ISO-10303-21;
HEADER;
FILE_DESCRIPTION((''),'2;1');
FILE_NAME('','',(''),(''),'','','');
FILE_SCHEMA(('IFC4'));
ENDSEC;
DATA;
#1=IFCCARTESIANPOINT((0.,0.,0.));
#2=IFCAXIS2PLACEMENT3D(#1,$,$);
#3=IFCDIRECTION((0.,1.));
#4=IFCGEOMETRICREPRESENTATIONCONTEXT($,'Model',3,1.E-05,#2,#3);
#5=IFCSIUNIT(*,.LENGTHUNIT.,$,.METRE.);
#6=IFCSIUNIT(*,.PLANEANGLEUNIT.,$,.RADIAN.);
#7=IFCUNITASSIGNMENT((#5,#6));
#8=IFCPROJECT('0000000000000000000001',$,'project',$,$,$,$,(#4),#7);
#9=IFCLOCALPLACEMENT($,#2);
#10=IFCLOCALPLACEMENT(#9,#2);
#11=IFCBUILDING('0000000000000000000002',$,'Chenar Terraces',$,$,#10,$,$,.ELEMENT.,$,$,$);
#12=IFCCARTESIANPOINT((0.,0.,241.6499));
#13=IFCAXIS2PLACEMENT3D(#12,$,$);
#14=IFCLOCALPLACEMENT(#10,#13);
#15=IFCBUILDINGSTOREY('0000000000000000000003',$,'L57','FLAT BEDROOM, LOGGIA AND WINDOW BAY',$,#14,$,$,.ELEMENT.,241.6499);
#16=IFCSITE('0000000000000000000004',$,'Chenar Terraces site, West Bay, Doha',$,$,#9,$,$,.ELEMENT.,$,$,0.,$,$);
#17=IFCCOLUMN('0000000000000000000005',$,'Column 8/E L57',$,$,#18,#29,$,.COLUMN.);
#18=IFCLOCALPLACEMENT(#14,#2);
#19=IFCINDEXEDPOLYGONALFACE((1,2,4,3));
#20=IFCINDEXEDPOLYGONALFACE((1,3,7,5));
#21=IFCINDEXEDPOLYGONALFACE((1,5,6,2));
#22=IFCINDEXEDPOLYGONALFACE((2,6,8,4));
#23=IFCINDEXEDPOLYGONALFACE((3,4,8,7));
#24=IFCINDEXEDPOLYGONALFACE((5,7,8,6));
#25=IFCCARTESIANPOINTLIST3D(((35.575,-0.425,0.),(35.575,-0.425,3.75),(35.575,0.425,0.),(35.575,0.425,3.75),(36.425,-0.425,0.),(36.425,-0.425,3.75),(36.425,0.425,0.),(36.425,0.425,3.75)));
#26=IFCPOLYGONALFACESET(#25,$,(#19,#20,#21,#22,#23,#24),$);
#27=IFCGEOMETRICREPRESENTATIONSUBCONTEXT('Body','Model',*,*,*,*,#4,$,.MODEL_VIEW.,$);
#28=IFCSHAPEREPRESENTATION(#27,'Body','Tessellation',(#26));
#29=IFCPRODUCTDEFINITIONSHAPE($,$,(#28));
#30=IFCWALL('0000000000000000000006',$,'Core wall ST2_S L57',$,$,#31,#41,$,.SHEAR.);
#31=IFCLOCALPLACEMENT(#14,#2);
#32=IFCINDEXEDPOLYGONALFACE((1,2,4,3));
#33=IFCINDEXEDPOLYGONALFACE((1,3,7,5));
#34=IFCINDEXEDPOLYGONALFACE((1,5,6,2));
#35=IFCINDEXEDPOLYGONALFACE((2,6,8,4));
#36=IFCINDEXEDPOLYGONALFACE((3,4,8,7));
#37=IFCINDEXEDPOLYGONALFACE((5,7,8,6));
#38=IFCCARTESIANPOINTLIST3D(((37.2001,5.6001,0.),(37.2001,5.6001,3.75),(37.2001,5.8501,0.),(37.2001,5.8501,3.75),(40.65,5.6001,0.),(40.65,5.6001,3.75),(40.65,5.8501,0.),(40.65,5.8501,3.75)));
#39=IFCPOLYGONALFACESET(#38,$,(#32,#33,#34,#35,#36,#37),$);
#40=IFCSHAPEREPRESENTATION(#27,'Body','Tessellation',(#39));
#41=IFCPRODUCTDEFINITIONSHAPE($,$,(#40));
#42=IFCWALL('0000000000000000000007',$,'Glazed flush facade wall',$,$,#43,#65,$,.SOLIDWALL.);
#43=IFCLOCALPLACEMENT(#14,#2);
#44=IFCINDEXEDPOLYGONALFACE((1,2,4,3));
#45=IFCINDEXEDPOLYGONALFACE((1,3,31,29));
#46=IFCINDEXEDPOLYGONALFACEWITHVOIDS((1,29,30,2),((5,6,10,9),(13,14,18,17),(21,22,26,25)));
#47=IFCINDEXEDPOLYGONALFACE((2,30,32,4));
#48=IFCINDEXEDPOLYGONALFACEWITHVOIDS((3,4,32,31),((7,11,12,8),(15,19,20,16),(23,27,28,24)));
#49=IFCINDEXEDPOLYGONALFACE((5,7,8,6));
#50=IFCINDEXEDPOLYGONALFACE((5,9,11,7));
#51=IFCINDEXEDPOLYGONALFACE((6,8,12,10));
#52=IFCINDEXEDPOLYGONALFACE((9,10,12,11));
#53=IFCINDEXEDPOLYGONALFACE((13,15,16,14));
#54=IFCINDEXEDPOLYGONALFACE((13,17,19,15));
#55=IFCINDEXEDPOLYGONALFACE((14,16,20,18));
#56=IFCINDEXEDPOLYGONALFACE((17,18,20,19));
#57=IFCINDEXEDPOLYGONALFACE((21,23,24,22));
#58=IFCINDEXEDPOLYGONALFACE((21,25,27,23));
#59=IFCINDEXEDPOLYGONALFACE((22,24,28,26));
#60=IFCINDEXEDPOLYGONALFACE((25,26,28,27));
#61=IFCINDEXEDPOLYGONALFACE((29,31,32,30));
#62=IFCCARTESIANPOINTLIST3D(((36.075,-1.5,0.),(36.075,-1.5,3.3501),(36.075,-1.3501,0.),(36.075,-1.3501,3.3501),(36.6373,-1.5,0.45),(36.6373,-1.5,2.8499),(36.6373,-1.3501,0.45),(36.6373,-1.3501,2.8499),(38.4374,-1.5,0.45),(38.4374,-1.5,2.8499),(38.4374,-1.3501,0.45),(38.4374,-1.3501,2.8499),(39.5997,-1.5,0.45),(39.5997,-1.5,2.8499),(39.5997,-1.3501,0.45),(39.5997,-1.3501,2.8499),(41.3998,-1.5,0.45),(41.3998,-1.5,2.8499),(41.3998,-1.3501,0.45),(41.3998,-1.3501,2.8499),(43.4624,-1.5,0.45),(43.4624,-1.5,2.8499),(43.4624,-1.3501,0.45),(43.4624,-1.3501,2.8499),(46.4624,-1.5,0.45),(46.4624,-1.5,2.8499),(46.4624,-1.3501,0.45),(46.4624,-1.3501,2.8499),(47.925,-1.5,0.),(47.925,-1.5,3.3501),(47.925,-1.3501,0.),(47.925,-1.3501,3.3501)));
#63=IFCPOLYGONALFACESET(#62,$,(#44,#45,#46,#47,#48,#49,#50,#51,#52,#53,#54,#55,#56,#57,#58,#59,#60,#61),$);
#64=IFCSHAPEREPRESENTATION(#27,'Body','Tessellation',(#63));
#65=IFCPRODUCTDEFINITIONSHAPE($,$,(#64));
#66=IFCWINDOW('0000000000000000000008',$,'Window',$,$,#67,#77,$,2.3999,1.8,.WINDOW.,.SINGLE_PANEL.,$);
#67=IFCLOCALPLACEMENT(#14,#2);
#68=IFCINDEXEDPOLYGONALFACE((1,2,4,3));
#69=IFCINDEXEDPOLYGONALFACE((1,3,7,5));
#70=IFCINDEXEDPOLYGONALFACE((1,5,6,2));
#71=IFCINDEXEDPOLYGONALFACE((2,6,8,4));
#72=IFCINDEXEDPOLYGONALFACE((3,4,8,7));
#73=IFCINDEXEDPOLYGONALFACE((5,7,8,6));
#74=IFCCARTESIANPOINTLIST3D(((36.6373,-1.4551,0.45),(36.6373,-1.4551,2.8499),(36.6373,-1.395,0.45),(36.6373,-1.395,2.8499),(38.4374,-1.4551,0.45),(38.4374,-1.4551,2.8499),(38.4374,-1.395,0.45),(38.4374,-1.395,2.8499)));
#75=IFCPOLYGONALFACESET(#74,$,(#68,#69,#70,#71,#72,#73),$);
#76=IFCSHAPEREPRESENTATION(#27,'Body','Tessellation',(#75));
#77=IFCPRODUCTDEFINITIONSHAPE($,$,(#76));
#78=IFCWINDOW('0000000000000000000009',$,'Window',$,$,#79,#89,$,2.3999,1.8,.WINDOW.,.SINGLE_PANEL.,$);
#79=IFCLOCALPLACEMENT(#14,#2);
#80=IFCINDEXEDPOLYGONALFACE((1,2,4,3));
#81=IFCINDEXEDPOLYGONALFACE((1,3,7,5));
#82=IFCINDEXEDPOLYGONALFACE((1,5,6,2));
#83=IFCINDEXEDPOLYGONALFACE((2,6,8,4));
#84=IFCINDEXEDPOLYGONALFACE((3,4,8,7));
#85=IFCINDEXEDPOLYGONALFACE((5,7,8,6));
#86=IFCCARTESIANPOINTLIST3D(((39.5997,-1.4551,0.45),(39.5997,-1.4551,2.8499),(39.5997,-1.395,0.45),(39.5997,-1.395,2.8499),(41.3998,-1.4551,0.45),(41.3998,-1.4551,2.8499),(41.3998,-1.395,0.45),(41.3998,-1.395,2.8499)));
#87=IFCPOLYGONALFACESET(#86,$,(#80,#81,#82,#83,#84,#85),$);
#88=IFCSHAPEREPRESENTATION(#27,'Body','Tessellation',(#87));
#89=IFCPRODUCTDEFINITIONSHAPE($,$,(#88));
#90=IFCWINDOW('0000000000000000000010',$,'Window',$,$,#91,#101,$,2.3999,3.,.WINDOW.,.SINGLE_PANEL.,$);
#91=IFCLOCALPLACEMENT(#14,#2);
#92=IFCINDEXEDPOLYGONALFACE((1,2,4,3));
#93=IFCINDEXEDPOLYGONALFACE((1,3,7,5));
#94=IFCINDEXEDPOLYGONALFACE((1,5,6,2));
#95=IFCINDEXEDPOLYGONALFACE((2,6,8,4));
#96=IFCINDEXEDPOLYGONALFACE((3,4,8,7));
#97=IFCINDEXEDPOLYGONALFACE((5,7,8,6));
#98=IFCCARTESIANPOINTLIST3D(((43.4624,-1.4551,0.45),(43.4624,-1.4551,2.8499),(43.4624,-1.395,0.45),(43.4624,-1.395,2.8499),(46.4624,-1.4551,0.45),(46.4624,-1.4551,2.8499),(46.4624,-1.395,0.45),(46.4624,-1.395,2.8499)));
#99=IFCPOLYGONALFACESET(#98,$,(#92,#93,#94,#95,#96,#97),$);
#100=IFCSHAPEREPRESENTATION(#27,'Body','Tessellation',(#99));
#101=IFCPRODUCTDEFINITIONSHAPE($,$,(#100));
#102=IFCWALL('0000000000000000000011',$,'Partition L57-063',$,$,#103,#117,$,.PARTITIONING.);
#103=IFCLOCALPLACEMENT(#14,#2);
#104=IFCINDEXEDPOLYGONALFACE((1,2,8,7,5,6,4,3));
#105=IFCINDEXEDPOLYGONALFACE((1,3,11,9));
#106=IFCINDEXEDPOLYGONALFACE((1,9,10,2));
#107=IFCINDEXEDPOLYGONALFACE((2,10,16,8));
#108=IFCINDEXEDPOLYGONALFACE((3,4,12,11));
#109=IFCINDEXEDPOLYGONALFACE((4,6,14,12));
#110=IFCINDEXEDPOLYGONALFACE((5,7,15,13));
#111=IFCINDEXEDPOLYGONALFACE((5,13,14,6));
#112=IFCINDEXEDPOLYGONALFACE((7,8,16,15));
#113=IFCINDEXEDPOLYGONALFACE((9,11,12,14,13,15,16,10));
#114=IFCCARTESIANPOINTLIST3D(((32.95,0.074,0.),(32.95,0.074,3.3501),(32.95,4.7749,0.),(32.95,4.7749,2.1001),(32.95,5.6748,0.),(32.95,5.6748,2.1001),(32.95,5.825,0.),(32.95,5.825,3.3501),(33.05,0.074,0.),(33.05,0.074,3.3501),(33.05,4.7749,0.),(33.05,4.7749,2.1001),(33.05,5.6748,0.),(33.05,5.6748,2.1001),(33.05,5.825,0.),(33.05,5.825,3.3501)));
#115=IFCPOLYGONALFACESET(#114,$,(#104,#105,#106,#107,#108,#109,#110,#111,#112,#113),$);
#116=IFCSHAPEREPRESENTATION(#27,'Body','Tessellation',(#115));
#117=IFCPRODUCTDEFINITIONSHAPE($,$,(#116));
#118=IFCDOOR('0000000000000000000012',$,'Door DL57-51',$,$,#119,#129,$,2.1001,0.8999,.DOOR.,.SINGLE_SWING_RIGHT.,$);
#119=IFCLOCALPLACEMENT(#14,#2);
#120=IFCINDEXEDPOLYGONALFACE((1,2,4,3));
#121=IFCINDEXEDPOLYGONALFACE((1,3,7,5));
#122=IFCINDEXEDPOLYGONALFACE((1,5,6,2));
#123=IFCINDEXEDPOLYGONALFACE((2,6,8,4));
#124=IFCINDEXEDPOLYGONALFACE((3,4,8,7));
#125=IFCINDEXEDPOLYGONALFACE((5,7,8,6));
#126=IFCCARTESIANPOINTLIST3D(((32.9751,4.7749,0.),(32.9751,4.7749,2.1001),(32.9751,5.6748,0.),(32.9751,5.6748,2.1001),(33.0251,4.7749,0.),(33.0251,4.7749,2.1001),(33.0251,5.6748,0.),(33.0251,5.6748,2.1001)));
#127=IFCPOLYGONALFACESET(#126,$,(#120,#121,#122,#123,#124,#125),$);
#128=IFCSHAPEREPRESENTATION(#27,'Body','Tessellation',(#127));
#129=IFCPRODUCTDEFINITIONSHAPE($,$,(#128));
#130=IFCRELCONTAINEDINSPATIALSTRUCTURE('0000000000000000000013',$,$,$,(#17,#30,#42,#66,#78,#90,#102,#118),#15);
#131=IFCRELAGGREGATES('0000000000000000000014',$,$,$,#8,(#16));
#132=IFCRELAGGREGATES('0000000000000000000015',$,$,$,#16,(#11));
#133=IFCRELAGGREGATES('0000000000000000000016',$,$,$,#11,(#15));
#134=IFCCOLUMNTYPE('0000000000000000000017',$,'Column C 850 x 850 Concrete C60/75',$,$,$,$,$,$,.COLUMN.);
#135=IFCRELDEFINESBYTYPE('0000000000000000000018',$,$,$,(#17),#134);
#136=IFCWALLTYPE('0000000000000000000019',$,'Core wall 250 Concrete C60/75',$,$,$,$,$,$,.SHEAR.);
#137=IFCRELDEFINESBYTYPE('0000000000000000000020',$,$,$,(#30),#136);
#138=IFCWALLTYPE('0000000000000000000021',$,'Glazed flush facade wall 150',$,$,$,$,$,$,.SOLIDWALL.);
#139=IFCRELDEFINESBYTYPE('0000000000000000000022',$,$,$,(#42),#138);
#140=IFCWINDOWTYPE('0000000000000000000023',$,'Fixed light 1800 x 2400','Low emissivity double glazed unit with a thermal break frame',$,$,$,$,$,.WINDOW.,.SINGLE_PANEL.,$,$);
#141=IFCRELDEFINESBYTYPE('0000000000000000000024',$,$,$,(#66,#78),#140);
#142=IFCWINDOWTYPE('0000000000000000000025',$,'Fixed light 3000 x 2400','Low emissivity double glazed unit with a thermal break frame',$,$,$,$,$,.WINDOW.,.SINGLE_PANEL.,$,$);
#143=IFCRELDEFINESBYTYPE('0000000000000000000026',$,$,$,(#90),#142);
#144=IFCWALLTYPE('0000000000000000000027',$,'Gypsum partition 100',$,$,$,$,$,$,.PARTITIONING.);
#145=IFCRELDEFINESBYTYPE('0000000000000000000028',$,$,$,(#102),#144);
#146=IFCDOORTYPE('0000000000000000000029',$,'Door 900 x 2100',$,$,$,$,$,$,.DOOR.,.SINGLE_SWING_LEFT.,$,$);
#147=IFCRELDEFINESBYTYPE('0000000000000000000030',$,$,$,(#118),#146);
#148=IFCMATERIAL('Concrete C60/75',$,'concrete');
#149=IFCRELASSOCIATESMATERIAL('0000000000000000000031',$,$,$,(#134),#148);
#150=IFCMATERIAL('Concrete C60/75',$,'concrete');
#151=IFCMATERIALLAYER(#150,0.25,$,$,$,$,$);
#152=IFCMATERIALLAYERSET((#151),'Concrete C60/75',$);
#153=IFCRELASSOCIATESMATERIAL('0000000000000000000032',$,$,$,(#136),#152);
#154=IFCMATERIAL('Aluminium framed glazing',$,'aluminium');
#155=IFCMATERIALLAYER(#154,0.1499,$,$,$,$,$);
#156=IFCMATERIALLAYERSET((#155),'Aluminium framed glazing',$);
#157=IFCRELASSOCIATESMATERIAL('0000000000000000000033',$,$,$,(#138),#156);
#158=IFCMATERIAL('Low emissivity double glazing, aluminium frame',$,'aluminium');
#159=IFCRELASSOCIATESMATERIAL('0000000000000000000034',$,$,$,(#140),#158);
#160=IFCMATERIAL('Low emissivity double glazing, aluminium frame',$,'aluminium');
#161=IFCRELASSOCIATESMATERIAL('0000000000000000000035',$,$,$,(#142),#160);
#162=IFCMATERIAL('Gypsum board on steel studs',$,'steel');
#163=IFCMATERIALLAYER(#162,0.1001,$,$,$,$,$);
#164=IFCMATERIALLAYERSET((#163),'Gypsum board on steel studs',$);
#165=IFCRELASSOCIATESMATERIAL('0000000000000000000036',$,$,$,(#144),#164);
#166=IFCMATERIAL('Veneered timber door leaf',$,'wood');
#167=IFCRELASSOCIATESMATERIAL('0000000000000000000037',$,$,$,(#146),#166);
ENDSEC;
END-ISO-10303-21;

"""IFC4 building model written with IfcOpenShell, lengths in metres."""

from ifc_helpers import new_model, si_unit, direction, frame, frame_2d, origin, origin_2d, place, context, subcontext, project, spatial, rectangle, extrude, material, layer, layer_set, material_profile, profile_set, type_object, element, fill, save


model = new_model("IFC4")

# Units and contexts
model_context = context("Model", 3, precision=1e-05, world=origin(), true_north=direction((0.0, 1.0)))
body_context = subcontext(model_context, "Body", "Model", "MODEL_VIEW")
ifc_project = project(units=[si_unit("LENGTHUNIT", "METRE"), si_unit("PLANEANGLEUNIT", "RADIAN")], contexts=[model_context])

# Site, building, storey
site_placement = place(None, origin())
site = spatial("IfcSite", under=ifc_project, at=site_placement, Name="Chenar Terraces site, West Bay, Doha", CompositionType="ELEMENT", RefElevation=0.0)
building_placement = place(site_placement, origin())
building = spatial("IfcBuilding", under=site, at=building_placement, Name="Chenar Terraces", CompositionType="ELEMENT")
storey_placement = place(building_placement, frame((0.0, 0.0, 241.6499)))
storey = spatial("IfcBuildingStorey", under=building, at=storey_placement, Name="L57", Description="FLAT BEDROOM, LOGGIA AND WINDOW BAY", CompositionType="ELEMENT", Elevation=241.6499)

# Column
ifc_material_1 = material(Name="Concrete C60/75", Category="concrete")
ifc_material_profile = material_profile(ifc_material_1, rectangle(XDim=0.8501, YDim=0.8501, at=origin_2d()), Name="C 850 x 850")
ifc_profile_set = profile_set([ifc_material_profile], Name="Concrete C60/75")
column_type = type_object("IfcColumnType", Name="Column C 850 x 850 Concrete C60/75", PredefinedType="COLUMN", material=ifc_profile_set)
column_placement = place(storey_placement, frame((36.0, 0.0, 0.0), z_axis=(0.0, 0.0, 1.0), x_axis=(1.0, 0.0, 0.0)))
element("IfcColumn", 1, at=column_placement, inside=storey, type_object=column_type, Name="Column 8/E L57", PredefinedType="COLUMN", context=body_context, shape_type="SweptSolid", body=[
    extrude(rectangle(XDim=0.8501, YDim=0.8501, at=origin_2d()), origin(), (0.0, 0.0, 1.0), 3.75),
])

# Wall
ifc_material_2 = material(Name="Concrete C60/75", Category="concrete")
ifc_layer_1 = layer(ifc_material_2, 0.25)
ifc_layer_set_1 = layer_set([ifc_layer_1], Name="Concrete C60/75")
wall_type_1 = type_object("IfcWallType", Name="Core wall 250 Concrete C60/75", PredefinedType="SHEAR", material=ifc_layer_set_1)
wall_1_placement = place(storey_placement, frame((37.2, 5.7251, 0.0), z_axis=(0.0, 0.0, 1.0), x_axis=(1.0, 0.0, 0.0)))
element("IfcWall", 2, at=wall_1_placement, inside=storey, type_object=wall_type_1, Name="Core wall ST2_S L57", PredefinedType="SHEAR", context=body_context, shape_type="SweptSolid", body=[
    extrude(rectangle(XDim=3.45, YDim=0.25, at=frame_2d((1.7251, 0.0))), origin(), (0.0, 0.0, 1.0), 3.75),
])

# Wall, openings, windows
ifc_material_3 = material(Name="Aluminium framed glazing", Category="aluminium")
ifc_layer_2 = layer(ifc_material_3, 0.1499)
ifc_layer_set_2 = layer_set([ifc_layer_2], Name="Aluminium framed glazing")
wall_type_2 = type_object("IfcWallType", Name="Glazed flush facade wall 150", PredefinedType="SOLIDWALL", material=ifc_layer_set_2)
wall_2_placement = place(storey_placement, frame((36.075, -1.425, 0.0), z_axis=(0.0, 0.0, 1.0), x_axis=(1.0, 0.0, 0.0)))
wall_2 = element("IfcWall", 3, at=wall_2_placement, inside=storey, type_object=wall_type_2, Name="Glazed flush facade wall", PredefinedType="SOLIDWALL", context=body_context, shape_type="SweptSolid", body=[
    extrude(rectangle(XDim=11.8501, YDim=0.1499, at=frame_2d((5.925, 0.0))), origin(), (0.0, 0.0, 1.0), 3.3501),
])
opening_1_placement = place(wall_2_placement, frame((0.5625, 0.0, 0.45)))
opening_1 = element("IfcOpeningElement", 4, at=opening_1_placement, cuts=wall_2, PredefinedType="OPENING", context=body_context, shape_type="SweptSolid", body=[
    extrude(rectangle(XDim=1.8, YDim=2.3999, at=frame_2d((0.8999, 1.2))), frame((0.0, 0.085, 0.0), z_axis=(0.0, -1.0, 0.0), x_axis=(1.0, 0.0, 0.0)), (0.0, 0.0, 1.0), 0.1699),
])
opening_2_placement = place(wall_2_placement, frame((3.5249, 0.0, 0.45)))
opening_2 = element("IfcOpeningElement", 5, at=opening_2_placement, cuts=wall_2, PredefinedType="OPENING", context=body_context, shape_type="SweptSolid", body=[
    extrude(rectangle(XDim=1.8, YDim=2.3999, at=frame_2d((0.8999, 1.2))), frame((0.0, 0.085, 0.0), z_axis=(0.0, -1.0, 0.0), x_axis=(1.0, 0.0, 0.0)), (0.0, 0.0, 1.0), 0.1699),
])
opening_3_placement = place(wall_2_placement, frame((7.3875, 0.0, 0.45)))
opening_3 = element("IfcOpeningElement", 6, at=opening_3_placement, cuts=wall_2, PredefinedType="OPENING", context=body_context, shape_type="SweptSolid", body=[
    extrude(rectangle(XDim=3.0, YDim=2.3999, at=frame_2d((1.5, 1.2))), frame((0.0, 0.085, 0.0), z_axis=(0.0, -1.0, 0.0), x_axis=(1.0, 0.0, 0.0)), (0.0, 0.0, 1.0), 0.1699),
])
ifc_material_4 = material(Name="Low emissivity double glazing, aluminium frame", Category="aluminium")
window_type_1 = type_object("IfcWindowType", Name="Fixed light 1800 x 2400", Description="Low emissivity double glazed unit with a thermal break frame", PartitioningType="SINGLE_PANEL", PredefinedType="WINDOW", material=ifc_material_4)
window_1_placement = place(opening_1_placement, origin())
window_1 = element("IfcWindow", 7, at=window_1_placement, inside=storey, type_object=window_type_1, Name="Window", OverallHeight=2.3999, OverallWidth=1.8, PartitioningType="SINGLE_PANEL", PredefinedType="WINDOW", context=body_context, shape_type="SweptSolid", body=[
    extrude(rectangle(XDim=1.8, YDim=2.3999, at=frame_2d((0.8999, 1.2))), frame((0.0, 0.03, 0.0), z_axis=(0.0, -1.0, 0.0), x_axis=(1.0, 0.0, 0.0)), (0.0, 0.0, 1.0), 0.0601),
])
fill(opening_1, window_1)
window_2_placement = place(opening_2_placement, origin())
window_2 = element("IfcWindow", 8, at=window_2_placement, inside=storey, type_object=window_type_1, Name="Window", OverallHeight=2.3999, OverallWidth=1.8, PartitioningType="SINGLE_PANEL", PredefinedType="WINDOW", context=body_context, shape_type="SweptSolid", body=[
    extrude(rectangle(XDim=1.8, YDim=2.3999, at=frame_2d((0.8999, 1.2))), frame((0.0, 0.03, 0.0), z_axis=(0.0, -1.0, 0.0), x_axis=(1.0, 0.0, 0.0)), (0.0, 0.0, 1.0), 0.0601),
])
fill(opening_2, window_2)
ifc_material_5 = material(Name="Low emissivity double glazing, aluminium frame", Category="aluminium")
window_type_2 = type_object("IfcWindowType", Name="Fixed light 3000 x 2400", Description="Low emissivity double glazed unit with a thermal break frame", PartitioningType="SINGLE_PANEL", PredefinedType="WINDOW", material=ifc_material_5)
window_3_placement = place(opening_3_placement, origin())
window_3 = element("IfcWindow", 9, at=window_3_placement, inside=storey, type_object=window_type_2, Name="Window", OverallHeight=2.3999, OverallWidth=3.0, PartitioningType="SINGLE_PANEL", PredefinedType="WINDOW", context=body_context, shape_type="SweptSolid", body=[
    extrude(rectangle(XDim=3.0, YDim=2.3999, at=frame_2d((1.5, 1.2))), frame((0.0, 0.03, 0.0), z_axis=(0.0, -1.0, 0.0), x_axis=(1.0, 0.0, 0.0)), (0.0, 0.0, 1.0), 0.0601),
])
fill(opening_3, window_3)

# Wall, opening, door
ifc_material_6 = material(Name="Gypsum board on steel studs", Category="steel")
ifc_layer_3 = layer(ifc_material_6, 0.1001)
ifc_layer_set_3 = layer_set([ifc_layer_3], Name="Gypsum board on steel studs")
wall_type_3 = type_object("IfcWallType", Name="Gypsum partition 100", PredefinedType="PARTITIONING", material=ifc_layer_set_3)
wall_3_placement = place(storey_placement, frame((33.0, 0.074, 0.0), z_axis=(0.0, 0.0, 1.0), x_axis=(0.0, 1.0, 0.0)))
wall_3 = element("IfcWall", 10, at=wall_3_placement, inside=storey, type_object=wall_type_3, Name="Partition L57-063", PredefinedType="PARTITIONING", context=body_context, shape_type="SweptSolid", body=[
    extrude(rectangle(XDim=5.751, YDim=0.1001, at=frame_2d((2.8755, 0.0))), origin(), (0.0, 0.0, 1.0), 3.3501),
])
opening_4_placement = place(wall_3_placement, frame((4.7009, 0.0, 0.0)))
opening_4 = element("IfcOpeningElement", 11, at=opening_4_placement, cuts=wall_3, PredefinedType="OPENING", context=body_context, shape_type="SweptSolid", body=[
    extrude(rectangle(XDim=0.8999, YDim=2.1001, at=frame_2d((0.45, 1.05))), frame((0.0, 0.0601, 0.0), z_axis=(0.0, -1.0, 0.0), x_axis=(1.0, 0.0, 0.0)), (0.0, 0.0, 1.0), 0.1201),
])
ifc_material_7 = material(Name="Veneered timber door leaf", Category="wood")
door_type = type_object("IfcDoorType", Name="Door 900 x 2100", OperationType="SINGLE_SWING_LEFT", PredefinedType="DOOR", material=ifc_material_7)
door_1_placement = place(opening_4_placement, origin())
door_1 = element("IfcDoor", 12, at=door_1_placement, inside=storey, type_object=door_type, Name="Door DL57-51", OperationType="SINGLE_SWING_RIGHT", OverallHeight=2.1001, OverallWidth=0.8999, PredefinedType="DOOR", context=body_context, shape_type="SweptSolid", body=[
    extrude(rectangle(XDim=0.8999, YDim=2.1001, at=frame_2d((0.45, 1.05))), frame((0.0, 0.0249, 0.0), z_axis=(0.0, -1.0, 0.0), x_axis=(1.0, 0.0, 0.0)), (0.0, 0.0, 1.0), 0.05),
])
fill(opening_4, door_1)

save(model, "model.ifc")
